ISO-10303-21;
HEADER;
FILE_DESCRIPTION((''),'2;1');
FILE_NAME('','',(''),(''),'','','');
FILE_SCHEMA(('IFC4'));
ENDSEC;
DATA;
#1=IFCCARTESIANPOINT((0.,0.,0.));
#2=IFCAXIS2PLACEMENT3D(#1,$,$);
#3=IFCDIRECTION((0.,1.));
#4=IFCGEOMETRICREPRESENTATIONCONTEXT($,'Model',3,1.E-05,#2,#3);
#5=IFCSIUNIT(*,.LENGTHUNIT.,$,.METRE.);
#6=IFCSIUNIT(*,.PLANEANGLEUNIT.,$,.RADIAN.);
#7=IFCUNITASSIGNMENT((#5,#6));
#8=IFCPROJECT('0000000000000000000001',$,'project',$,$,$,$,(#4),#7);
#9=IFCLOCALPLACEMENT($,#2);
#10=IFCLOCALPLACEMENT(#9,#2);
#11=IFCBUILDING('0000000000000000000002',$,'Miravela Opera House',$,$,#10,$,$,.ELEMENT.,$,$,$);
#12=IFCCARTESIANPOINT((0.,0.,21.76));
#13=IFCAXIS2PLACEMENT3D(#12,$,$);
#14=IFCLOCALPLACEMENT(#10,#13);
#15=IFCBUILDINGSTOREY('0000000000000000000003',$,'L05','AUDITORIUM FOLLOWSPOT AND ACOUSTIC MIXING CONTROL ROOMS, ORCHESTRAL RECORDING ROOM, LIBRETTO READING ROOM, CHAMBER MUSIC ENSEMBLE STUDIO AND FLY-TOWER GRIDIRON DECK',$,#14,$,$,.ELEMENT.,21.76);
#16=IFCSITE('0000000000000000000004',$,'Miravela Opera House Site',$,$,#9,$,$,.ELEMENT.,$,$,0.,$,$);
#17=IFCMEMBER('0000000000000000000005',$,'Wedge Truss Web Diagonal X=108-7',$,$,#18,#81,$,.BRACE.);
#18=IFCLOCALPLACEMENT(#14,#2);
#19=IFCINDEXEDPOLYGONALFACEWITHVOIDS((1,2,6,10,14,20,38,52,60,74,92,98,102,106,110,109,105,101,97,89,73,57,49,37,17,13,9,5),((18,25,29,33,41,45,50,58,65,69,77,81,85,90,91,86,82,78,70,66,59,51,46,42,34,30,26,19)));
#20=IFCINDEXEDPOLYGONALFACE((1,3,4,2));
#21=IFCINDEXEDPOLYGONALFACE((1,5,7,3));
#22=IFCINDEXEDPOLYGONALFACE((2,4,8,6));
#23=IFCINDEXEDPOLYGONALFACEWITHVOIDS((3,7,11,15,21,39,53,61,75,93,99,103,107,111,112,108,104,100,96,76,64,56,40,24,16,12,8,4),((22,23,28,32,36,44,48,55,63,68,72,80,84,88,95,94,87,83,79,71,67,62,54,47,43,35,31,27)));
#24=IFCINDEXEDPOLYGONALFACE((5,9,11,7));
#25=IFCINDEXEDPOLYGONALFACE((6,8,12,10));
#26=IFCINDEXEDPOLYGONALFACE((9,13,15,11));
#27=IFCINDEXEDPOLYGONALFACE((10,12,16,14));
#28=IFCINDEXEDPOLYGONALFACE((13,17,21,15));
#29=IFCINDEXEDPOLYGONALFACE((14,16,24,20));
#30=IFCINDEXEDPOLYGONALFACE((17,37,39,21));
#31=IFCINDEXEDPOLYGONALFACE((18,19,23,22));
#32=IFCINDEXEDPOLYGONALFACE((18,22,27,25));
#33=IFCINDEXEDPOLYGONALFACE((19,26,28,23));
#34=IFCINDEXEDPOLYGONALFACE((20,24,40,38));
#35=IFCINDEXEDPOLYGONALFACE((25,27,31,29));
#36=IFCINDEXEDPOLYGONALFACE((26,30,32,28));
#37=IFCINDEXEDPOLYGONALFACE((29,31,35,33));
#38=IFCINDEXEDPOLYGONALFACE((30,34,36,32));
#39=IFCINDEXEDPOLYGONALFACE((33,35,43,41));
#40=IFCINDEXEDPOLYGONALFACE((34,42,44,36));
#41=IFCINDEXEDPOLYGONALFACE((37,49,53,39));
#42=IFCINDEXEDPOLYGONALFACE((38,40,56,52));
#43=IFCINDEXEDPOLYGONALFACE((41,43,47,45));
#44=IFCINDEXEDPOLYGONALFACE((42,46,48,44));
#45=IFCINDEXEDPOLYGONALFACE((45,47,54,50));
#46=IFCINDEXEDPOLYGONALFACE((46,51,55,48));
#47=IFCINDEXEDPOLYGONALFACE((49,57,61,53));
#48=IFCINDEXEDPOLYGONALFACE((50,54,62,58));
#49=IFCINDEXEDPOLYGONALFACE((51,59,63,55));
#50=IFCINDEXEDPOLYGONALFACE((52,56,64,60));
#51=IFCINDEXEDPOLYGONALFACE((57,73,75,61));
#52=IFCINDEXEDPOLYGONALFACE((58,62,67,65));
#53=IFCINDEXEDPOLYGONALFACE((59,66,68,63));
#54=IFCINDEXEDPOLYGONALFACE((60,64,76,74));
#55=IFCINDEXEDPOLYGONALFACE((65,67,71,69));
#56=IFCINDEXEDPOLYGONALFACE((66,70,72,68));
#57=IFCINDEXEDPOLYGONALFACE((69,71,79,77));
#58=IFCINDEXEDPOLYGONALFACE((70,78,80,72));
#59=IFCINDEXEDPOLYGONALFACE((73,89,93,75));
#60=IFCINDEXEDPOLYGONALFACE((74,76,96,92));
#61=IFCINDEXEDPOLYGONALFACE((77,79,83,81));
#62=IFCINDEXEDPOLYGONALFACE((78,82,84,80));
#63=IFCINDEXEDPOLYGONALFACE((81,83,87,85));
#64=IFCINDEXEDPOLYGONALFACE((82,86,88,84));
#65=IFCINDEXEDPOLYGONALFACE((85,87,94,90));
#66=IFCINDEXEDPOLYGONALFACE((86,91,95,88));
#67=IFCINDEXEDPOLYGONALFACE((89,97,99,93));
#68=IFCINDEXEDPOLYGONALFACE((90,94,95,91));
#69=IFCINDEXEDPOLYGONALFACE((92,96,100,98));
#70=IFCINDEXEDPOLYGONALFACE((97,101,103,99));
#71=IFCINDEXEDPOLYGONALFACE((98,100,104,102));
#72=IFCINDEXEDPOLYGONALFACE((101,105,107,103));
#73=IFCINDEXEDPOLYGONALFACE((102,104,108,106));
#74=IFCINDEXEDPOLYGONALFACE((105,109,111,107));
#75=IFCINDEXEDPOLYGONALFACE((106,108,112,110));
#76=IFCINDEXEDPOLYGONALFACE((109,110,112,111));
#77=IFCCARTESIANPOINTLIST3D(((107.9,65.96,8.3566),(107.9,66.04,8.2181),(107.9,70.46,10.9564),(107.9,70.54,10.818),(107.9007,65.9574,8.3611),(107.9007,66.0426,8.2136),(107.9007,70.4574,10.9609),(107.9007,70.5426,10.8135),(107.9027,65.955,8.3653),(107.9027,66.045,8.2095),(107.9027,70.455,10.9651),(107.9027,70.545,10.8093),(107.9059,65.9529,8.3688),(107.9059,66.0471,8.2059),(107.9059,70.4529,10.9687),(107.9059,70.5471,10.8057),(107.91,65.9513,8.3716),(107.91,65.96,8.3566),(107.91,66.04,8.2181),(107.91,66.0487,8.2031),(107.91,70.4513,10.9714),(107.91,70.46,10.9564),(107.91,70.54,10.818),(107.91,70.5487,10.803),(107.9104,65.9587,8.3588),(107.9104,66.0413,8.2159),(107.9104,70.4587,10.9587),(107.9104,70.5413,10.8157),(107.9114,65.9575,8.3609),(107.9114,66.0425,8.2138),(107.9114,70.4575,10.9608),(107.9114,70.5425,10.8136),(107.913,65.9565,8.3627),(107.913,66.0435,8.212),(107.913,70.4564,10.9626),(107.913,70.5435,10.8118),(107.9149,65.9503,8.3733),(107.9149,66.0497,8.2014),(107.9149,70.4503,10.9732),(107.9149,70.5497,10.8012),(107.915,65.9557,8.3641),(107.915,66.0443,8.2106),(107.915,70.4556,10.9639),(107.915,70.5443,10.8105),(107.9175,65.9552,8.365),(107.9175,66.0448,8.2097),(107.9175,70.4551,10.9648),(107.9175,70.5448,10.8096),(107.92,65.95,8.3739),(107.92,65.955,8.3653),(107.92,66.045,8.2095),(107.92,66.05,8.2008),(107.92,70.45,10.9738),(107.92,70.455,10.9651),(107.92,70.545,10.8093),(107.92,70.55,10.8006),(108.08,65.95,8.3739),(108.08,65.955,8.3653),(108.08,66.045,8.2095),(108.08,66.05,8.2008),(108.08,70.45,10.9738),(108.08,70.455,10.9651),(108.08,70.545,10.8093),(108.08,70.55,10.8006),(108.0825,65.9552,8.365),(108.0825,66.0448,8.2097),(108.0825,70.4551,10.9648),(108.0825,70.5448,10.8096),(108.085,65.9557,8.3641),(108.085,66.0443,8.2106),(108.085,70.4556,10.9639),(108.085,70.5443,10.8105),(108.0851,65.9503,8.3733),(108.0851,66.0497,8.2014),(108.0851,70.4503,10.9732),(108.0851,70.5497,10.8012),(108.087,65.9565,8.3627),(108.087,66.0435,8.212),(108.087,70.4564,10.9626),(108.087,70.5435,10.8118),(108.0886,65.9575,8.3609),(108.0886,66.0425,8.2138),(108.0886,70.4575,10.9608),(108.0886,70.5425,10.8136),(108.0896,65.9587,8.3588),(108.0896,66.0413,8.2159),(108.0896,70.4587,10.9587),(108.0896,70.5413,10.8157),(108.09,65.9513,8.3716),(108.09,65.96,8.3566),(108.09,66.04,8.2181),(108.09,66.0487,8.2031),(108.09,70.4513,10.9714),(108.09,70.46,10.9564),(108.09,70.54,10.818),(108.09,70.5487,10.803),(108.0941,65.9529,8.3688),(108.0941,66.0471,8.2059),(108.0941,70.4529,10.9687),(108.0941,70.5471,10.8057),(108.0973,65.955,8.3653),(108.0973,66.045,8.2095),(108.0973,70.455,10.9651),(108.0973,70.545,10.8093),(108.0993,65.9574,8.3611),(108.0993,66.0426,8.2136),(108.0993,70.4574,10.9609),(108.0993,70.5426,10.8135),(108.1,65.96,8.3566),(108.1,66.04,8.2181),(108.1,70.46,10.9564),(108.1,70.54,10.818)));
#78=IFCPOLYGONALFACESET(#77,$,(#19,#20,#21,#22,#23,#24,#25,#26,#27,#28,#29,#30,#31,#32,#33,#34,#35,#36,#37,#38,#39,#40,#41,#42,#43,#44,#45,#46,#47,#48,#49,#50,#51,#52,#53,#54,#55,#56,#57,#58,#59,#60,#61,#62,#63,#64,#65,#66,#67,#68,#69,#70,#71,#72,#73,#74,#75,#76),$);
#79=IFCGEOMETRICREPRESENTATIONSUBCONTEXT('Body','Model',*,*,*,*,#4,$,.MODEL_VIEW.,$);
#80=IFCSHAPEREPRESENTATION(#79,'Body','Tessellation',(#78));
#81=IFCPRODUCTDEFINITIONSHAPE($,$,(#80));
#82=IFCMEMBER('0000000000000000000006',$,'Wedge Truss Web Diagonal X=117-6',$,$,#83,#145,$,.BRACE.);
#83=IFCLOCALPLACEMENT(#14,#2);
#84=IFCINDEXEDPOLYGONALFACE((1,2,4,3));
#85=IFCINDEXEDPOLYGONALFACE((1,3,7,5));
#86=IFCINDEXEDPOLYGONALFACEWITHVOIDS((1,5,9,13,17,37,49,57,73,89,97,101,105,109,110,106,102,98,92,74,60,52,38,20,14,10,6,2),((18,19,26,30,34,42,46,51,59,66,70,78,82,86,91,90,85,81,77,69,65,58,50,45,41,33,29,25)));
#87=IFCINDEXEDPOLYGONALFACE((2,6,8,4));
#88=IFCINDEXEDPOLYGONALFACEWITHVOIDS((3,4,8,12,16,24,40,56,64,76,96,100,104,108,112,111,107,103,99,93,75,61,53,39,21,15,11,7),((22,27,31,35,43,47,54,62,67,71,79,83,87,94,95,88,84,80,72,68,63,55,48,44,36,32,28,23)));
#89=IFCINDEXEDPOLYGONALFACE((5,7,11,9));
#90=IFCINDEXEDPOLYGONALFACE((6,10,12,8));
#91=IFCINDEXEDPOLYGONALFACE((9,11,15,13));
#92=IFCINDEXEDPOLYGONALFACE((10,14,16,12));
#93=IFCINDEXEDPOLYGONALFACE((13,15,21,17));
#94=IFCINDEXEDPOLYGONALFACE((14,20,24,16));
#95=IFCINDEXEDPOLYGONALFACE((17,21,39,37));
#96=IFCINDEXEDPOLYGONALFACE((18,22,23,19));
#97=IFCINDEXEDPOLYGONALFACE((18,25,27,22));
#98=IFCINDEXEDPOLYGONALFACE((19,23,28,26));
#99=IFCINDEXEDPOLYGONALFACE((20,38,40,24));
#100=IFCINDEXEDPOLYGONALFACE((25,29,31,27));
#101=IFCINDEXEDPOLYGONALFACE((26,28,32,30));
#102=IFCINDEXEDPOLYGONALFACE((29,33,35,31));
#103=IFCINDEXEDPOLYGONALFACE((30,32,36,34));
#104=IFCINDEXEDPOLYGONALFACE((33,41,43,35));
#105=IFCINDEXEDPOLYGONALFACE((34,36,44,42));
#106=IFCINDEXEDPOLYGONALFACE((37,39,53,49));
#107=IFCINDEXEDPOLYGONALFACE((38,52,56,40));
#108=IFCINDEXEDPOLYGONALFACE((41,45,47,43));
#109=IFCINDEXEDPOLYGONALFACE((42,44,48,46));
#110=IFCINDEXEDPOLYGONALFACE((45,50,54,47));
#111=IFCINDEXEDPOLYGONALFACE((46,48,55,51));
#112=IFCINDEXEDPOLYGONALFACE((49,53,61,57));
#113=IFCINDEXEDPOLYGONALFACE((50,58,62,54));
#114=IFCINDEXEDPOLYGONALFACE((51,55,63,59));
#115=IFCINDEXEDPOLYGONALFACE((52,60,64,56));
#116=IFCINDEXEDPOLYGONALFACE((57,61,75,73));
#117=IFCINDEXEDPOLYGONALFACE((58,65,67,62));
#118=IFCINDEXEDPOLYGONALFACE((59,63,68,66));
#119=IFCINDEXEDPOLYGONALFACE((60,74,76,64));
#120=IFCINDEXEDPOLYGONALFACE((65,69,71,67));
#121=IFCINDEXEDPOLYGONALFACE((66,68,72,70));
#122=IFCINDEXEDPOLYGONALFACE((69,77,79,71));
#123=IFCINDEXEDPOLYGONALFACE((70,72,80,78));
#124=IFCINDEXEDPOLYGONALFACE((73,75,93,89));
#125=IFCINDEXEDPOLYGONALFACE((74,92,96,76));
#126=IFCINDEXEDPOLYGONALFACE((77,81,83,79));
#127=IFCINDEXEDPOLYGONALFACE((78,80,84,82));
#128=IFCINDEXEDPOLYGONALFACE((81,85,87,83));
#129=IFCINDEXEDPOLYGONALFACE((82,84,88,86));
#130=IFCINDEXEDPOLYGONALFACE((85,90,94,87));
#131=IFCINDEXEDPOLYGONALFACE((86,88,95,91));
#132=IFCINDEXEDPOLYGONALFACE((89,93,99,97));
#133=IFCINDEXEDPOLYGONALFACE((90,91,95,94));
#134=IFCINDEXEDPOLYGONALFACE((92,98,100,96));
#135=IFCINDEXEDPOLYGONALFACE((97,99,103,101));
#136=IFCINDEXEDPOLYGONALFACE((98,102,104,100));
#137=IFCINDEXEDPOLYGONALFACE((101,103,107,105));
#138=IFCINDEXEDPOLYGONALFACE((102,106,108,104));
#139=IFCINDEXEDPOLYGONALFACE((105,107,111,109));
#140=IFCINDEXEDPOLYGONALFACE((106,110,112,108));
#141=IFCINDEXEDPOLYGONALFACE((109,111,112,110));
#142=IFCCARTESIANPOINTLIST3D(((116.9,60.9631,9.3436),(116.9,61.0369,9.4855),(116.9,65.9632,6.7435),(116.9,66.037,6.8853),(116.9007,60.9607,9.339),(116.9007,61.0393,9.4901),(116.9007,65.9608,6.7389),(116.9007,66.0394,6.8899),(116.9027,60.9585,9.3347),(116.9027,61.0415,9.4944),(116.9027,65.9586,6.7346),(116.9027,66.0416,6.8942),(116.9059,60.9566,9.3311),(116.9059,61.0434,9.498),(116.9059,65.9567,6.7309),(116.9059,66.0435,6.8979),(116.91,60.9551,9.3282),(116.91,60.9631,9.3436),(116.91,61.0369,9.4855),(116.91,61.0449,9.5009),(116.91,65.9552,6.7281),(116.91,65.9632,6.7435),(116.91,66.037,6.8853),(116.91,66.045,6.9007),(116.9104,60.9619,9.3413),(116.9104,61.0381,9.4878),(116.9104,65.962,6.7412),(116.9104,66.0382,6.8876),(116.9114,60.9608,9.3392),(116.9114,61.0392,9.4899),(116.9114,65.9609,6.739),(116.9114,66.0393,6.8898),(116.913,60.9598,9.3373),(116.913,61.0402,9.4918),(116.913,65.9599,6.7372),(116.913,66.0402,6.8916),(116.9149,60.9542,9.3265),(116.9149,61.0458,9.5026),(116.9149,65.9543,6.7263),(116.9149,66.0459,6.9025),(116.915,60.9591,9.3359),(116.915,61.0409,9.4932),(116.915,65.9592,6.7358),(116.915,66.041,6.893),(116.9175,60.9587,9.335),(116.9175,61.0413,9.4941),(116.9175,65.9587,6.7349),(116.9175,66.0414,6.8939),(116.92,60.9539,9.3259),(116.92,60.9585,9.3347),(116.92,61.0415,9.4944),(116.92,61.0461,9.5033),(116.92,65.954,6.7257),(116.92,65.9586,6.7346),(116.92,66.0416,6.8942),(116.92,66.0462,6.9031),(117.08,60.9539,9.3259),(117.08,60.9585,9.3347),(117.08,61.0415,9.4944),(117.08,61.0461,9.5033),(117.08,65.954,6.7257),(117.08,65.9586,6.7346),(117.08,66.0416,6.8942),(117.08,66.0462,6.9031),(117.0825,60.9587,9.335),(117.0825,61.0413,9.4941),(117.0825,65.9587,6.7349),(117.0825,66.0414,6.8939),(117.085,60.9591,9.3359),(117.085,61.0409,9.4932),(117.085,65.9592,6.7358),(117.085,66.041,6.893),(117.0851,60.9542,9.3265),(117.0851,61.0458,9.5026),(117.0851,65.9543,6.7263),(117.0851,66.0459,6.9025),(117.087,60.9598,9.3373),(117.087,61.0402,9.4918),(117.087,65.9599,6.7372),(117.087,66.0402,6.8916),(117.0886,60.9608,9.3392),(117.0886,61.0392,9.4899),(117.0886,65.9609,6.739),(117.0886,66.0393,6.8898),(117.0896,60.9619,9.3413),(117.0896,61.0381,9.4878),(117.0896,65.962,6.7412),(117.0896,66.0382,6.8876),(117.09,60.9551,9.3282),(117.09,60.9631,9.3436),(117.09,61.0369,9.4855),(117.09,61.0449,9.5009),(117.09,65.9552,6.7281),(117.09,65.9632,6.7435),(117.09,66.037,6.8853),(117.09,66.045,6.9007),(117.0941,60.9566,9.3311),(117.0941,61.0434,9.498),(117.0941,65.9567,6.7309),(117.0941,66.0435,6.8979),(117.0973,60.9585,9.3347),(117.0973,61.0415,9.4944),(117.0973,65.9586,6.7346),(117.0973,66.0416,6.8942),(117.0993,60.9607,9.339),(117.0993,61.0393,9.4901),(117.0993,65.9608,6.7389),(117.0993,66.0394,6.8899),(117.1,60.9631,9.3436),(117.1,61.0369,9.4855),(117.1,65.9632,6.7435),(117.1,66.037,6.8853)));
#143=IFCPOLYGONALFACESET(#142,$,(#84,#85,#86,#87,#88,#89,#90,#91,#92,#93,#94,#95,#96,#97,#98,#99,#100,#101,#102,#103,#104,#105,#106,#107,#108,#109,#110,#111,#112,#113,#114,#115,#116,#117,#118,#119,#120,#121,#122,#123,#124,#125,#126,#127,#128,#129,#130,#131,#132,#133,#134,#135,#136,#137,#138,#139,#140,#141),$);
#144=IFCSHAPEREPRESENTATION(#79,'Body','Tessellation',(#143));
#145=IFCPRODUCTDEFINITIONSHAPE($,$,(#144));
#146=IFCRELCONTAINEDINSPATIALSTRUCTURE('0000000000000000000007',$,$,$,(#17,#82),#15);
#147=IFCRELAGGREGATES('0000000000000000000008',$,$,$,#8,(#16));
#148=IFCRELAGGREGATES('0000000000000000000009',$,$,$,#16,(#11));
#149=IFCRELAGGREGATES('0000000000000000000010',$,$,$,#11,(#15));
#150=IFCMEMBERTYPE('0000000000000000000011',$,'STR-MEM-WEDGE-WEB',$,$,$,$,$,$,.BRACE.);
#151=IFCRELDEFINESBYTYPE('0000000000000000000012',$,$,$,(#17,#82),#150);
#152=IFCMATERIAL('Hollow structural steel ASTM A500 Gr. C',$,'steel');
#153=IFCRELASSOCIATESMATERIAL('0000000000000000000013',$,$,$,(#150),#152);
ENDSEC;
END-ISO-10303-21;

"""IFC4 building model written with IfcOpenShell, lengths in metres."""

from ifc_helpers import new_model, si_unit, direction, frame, origin, origin_2d, place, context, subcontext, project, spatial, hollow_rectangle, extrude, material, material_profile, profile_set, type_object, element, save


model = new_model("IFC4")

# Units and contexts
model_context = context("Model", 3, precision=1e-05, world=origin(), true_north=direction((0.0, 1.0)))
body_context = subcontext(model_context, "Body", "Model", "MODEL_VIEW")
ifc_project = project(units=[si_unit("LENGTHUNIT", "METRE"), si_unit("PLANEANGLEUNIT", "RADIAN")], contexts=[model_context])

# Site, building, storey
site_placement = place(None, origin())
site = spatial("IfcSite", under=ifc_project, at=site_placement, Name="Miravela Opera House Site", CompositionType="ELEMENT", RefElevation=0.0)
building_placement = place(site_placement, origin())
building = spatial("IfcBuilding", under=site, at=building_placement, Name="Miravela Opera House", CompositionType="ELEMENT")
storey_placement = place(building_placement, frame((0.0, 0.0, 21.76)))
storey = spatial("IfcBuildingStorey", under=building, at=storey_placement, Name="L05", Description="AUDITORIUM FOLLOWSPOT AND ACOUSTIC MIXING CONTROL ROOMS, ORCHESTRAL RECORDING ROOM, LIBRETTO READING ROOM, CHAMBER MUSIC ENSEMBLE STUDIO AND FLY-TOWER GRIDIRON DECK", CompositionType="ELEMENT", Elevation=21.76)

# Members
ifc_material_1 = material(Name="Hollow structural steel ASTM A500 Gr. C", Category="steel")
ifc_material_profile_1 = material_profile(ifc_material_1, hollow_rectangle(XDim=0.2, YDim=0.2, WallThickness=0.01, InnerFilletRadius=0.01, OuterFilletRadius=0.02, at=origin_2d()), Name="HSS200X200X10")
ifc_profile_set_1 = profile_set([ifc_material_profile_1])
member_type_1 = type_object("IfcMemberType", Name="STR-MEM-WEDGE-WEB", PredefinedType="BRACE", material=ifc_profile_set_1)
member_1_placement = place(storey_placement, frame((108.0, 66.0, 8.2874), z_axis=(0.0, 0.865877, 0.500256), x_axis=(-1.0, 0.0, 0.0)))
element("IfcMember", 1, at=member_1_placement, inside=storey, type_object=member_type_1, Name="Wedge Truss Web Diagonal X=108-7", PredefinedType="BRACE", context=body_context, shape_type="SweptSolid", body=[
    extrude(hollow_rectangle(XDim=0.2, YDim=0.2, WallThickness=0.01, InnerFilletRadius=0.01, OuterFilletRadius=0.02, at=origin_2d()), origin(), (0.0, 0.0, 1.0), 5.197),
])
member_2_placement = place(storey_placement, frame((117.0, 61.0, 9.4146), z_axis=(0.0, 0.88721, -0.461366), x_axis=(-1.0, 0.0, 0.0)))
element("IfcMember", 2, at=member_2_placement, inside=storey, type_object=member_type_1, Name="Wedge Truss Web Diagonal X=117-6", PredefinedType="BRACE", context=body_context, shape_type="SweptSolid", body=[
    extrude(hollow_rectangle(XDim=0.2, YDim=0.2, WallThickness=0.01, InnerFilletRadius=0.01, OuterFilletRadius=0.02, at=origin_2d()), origin(), (0.0, 0.0, 1.0), 5.6357),
])

save(model, "model.ifc")
